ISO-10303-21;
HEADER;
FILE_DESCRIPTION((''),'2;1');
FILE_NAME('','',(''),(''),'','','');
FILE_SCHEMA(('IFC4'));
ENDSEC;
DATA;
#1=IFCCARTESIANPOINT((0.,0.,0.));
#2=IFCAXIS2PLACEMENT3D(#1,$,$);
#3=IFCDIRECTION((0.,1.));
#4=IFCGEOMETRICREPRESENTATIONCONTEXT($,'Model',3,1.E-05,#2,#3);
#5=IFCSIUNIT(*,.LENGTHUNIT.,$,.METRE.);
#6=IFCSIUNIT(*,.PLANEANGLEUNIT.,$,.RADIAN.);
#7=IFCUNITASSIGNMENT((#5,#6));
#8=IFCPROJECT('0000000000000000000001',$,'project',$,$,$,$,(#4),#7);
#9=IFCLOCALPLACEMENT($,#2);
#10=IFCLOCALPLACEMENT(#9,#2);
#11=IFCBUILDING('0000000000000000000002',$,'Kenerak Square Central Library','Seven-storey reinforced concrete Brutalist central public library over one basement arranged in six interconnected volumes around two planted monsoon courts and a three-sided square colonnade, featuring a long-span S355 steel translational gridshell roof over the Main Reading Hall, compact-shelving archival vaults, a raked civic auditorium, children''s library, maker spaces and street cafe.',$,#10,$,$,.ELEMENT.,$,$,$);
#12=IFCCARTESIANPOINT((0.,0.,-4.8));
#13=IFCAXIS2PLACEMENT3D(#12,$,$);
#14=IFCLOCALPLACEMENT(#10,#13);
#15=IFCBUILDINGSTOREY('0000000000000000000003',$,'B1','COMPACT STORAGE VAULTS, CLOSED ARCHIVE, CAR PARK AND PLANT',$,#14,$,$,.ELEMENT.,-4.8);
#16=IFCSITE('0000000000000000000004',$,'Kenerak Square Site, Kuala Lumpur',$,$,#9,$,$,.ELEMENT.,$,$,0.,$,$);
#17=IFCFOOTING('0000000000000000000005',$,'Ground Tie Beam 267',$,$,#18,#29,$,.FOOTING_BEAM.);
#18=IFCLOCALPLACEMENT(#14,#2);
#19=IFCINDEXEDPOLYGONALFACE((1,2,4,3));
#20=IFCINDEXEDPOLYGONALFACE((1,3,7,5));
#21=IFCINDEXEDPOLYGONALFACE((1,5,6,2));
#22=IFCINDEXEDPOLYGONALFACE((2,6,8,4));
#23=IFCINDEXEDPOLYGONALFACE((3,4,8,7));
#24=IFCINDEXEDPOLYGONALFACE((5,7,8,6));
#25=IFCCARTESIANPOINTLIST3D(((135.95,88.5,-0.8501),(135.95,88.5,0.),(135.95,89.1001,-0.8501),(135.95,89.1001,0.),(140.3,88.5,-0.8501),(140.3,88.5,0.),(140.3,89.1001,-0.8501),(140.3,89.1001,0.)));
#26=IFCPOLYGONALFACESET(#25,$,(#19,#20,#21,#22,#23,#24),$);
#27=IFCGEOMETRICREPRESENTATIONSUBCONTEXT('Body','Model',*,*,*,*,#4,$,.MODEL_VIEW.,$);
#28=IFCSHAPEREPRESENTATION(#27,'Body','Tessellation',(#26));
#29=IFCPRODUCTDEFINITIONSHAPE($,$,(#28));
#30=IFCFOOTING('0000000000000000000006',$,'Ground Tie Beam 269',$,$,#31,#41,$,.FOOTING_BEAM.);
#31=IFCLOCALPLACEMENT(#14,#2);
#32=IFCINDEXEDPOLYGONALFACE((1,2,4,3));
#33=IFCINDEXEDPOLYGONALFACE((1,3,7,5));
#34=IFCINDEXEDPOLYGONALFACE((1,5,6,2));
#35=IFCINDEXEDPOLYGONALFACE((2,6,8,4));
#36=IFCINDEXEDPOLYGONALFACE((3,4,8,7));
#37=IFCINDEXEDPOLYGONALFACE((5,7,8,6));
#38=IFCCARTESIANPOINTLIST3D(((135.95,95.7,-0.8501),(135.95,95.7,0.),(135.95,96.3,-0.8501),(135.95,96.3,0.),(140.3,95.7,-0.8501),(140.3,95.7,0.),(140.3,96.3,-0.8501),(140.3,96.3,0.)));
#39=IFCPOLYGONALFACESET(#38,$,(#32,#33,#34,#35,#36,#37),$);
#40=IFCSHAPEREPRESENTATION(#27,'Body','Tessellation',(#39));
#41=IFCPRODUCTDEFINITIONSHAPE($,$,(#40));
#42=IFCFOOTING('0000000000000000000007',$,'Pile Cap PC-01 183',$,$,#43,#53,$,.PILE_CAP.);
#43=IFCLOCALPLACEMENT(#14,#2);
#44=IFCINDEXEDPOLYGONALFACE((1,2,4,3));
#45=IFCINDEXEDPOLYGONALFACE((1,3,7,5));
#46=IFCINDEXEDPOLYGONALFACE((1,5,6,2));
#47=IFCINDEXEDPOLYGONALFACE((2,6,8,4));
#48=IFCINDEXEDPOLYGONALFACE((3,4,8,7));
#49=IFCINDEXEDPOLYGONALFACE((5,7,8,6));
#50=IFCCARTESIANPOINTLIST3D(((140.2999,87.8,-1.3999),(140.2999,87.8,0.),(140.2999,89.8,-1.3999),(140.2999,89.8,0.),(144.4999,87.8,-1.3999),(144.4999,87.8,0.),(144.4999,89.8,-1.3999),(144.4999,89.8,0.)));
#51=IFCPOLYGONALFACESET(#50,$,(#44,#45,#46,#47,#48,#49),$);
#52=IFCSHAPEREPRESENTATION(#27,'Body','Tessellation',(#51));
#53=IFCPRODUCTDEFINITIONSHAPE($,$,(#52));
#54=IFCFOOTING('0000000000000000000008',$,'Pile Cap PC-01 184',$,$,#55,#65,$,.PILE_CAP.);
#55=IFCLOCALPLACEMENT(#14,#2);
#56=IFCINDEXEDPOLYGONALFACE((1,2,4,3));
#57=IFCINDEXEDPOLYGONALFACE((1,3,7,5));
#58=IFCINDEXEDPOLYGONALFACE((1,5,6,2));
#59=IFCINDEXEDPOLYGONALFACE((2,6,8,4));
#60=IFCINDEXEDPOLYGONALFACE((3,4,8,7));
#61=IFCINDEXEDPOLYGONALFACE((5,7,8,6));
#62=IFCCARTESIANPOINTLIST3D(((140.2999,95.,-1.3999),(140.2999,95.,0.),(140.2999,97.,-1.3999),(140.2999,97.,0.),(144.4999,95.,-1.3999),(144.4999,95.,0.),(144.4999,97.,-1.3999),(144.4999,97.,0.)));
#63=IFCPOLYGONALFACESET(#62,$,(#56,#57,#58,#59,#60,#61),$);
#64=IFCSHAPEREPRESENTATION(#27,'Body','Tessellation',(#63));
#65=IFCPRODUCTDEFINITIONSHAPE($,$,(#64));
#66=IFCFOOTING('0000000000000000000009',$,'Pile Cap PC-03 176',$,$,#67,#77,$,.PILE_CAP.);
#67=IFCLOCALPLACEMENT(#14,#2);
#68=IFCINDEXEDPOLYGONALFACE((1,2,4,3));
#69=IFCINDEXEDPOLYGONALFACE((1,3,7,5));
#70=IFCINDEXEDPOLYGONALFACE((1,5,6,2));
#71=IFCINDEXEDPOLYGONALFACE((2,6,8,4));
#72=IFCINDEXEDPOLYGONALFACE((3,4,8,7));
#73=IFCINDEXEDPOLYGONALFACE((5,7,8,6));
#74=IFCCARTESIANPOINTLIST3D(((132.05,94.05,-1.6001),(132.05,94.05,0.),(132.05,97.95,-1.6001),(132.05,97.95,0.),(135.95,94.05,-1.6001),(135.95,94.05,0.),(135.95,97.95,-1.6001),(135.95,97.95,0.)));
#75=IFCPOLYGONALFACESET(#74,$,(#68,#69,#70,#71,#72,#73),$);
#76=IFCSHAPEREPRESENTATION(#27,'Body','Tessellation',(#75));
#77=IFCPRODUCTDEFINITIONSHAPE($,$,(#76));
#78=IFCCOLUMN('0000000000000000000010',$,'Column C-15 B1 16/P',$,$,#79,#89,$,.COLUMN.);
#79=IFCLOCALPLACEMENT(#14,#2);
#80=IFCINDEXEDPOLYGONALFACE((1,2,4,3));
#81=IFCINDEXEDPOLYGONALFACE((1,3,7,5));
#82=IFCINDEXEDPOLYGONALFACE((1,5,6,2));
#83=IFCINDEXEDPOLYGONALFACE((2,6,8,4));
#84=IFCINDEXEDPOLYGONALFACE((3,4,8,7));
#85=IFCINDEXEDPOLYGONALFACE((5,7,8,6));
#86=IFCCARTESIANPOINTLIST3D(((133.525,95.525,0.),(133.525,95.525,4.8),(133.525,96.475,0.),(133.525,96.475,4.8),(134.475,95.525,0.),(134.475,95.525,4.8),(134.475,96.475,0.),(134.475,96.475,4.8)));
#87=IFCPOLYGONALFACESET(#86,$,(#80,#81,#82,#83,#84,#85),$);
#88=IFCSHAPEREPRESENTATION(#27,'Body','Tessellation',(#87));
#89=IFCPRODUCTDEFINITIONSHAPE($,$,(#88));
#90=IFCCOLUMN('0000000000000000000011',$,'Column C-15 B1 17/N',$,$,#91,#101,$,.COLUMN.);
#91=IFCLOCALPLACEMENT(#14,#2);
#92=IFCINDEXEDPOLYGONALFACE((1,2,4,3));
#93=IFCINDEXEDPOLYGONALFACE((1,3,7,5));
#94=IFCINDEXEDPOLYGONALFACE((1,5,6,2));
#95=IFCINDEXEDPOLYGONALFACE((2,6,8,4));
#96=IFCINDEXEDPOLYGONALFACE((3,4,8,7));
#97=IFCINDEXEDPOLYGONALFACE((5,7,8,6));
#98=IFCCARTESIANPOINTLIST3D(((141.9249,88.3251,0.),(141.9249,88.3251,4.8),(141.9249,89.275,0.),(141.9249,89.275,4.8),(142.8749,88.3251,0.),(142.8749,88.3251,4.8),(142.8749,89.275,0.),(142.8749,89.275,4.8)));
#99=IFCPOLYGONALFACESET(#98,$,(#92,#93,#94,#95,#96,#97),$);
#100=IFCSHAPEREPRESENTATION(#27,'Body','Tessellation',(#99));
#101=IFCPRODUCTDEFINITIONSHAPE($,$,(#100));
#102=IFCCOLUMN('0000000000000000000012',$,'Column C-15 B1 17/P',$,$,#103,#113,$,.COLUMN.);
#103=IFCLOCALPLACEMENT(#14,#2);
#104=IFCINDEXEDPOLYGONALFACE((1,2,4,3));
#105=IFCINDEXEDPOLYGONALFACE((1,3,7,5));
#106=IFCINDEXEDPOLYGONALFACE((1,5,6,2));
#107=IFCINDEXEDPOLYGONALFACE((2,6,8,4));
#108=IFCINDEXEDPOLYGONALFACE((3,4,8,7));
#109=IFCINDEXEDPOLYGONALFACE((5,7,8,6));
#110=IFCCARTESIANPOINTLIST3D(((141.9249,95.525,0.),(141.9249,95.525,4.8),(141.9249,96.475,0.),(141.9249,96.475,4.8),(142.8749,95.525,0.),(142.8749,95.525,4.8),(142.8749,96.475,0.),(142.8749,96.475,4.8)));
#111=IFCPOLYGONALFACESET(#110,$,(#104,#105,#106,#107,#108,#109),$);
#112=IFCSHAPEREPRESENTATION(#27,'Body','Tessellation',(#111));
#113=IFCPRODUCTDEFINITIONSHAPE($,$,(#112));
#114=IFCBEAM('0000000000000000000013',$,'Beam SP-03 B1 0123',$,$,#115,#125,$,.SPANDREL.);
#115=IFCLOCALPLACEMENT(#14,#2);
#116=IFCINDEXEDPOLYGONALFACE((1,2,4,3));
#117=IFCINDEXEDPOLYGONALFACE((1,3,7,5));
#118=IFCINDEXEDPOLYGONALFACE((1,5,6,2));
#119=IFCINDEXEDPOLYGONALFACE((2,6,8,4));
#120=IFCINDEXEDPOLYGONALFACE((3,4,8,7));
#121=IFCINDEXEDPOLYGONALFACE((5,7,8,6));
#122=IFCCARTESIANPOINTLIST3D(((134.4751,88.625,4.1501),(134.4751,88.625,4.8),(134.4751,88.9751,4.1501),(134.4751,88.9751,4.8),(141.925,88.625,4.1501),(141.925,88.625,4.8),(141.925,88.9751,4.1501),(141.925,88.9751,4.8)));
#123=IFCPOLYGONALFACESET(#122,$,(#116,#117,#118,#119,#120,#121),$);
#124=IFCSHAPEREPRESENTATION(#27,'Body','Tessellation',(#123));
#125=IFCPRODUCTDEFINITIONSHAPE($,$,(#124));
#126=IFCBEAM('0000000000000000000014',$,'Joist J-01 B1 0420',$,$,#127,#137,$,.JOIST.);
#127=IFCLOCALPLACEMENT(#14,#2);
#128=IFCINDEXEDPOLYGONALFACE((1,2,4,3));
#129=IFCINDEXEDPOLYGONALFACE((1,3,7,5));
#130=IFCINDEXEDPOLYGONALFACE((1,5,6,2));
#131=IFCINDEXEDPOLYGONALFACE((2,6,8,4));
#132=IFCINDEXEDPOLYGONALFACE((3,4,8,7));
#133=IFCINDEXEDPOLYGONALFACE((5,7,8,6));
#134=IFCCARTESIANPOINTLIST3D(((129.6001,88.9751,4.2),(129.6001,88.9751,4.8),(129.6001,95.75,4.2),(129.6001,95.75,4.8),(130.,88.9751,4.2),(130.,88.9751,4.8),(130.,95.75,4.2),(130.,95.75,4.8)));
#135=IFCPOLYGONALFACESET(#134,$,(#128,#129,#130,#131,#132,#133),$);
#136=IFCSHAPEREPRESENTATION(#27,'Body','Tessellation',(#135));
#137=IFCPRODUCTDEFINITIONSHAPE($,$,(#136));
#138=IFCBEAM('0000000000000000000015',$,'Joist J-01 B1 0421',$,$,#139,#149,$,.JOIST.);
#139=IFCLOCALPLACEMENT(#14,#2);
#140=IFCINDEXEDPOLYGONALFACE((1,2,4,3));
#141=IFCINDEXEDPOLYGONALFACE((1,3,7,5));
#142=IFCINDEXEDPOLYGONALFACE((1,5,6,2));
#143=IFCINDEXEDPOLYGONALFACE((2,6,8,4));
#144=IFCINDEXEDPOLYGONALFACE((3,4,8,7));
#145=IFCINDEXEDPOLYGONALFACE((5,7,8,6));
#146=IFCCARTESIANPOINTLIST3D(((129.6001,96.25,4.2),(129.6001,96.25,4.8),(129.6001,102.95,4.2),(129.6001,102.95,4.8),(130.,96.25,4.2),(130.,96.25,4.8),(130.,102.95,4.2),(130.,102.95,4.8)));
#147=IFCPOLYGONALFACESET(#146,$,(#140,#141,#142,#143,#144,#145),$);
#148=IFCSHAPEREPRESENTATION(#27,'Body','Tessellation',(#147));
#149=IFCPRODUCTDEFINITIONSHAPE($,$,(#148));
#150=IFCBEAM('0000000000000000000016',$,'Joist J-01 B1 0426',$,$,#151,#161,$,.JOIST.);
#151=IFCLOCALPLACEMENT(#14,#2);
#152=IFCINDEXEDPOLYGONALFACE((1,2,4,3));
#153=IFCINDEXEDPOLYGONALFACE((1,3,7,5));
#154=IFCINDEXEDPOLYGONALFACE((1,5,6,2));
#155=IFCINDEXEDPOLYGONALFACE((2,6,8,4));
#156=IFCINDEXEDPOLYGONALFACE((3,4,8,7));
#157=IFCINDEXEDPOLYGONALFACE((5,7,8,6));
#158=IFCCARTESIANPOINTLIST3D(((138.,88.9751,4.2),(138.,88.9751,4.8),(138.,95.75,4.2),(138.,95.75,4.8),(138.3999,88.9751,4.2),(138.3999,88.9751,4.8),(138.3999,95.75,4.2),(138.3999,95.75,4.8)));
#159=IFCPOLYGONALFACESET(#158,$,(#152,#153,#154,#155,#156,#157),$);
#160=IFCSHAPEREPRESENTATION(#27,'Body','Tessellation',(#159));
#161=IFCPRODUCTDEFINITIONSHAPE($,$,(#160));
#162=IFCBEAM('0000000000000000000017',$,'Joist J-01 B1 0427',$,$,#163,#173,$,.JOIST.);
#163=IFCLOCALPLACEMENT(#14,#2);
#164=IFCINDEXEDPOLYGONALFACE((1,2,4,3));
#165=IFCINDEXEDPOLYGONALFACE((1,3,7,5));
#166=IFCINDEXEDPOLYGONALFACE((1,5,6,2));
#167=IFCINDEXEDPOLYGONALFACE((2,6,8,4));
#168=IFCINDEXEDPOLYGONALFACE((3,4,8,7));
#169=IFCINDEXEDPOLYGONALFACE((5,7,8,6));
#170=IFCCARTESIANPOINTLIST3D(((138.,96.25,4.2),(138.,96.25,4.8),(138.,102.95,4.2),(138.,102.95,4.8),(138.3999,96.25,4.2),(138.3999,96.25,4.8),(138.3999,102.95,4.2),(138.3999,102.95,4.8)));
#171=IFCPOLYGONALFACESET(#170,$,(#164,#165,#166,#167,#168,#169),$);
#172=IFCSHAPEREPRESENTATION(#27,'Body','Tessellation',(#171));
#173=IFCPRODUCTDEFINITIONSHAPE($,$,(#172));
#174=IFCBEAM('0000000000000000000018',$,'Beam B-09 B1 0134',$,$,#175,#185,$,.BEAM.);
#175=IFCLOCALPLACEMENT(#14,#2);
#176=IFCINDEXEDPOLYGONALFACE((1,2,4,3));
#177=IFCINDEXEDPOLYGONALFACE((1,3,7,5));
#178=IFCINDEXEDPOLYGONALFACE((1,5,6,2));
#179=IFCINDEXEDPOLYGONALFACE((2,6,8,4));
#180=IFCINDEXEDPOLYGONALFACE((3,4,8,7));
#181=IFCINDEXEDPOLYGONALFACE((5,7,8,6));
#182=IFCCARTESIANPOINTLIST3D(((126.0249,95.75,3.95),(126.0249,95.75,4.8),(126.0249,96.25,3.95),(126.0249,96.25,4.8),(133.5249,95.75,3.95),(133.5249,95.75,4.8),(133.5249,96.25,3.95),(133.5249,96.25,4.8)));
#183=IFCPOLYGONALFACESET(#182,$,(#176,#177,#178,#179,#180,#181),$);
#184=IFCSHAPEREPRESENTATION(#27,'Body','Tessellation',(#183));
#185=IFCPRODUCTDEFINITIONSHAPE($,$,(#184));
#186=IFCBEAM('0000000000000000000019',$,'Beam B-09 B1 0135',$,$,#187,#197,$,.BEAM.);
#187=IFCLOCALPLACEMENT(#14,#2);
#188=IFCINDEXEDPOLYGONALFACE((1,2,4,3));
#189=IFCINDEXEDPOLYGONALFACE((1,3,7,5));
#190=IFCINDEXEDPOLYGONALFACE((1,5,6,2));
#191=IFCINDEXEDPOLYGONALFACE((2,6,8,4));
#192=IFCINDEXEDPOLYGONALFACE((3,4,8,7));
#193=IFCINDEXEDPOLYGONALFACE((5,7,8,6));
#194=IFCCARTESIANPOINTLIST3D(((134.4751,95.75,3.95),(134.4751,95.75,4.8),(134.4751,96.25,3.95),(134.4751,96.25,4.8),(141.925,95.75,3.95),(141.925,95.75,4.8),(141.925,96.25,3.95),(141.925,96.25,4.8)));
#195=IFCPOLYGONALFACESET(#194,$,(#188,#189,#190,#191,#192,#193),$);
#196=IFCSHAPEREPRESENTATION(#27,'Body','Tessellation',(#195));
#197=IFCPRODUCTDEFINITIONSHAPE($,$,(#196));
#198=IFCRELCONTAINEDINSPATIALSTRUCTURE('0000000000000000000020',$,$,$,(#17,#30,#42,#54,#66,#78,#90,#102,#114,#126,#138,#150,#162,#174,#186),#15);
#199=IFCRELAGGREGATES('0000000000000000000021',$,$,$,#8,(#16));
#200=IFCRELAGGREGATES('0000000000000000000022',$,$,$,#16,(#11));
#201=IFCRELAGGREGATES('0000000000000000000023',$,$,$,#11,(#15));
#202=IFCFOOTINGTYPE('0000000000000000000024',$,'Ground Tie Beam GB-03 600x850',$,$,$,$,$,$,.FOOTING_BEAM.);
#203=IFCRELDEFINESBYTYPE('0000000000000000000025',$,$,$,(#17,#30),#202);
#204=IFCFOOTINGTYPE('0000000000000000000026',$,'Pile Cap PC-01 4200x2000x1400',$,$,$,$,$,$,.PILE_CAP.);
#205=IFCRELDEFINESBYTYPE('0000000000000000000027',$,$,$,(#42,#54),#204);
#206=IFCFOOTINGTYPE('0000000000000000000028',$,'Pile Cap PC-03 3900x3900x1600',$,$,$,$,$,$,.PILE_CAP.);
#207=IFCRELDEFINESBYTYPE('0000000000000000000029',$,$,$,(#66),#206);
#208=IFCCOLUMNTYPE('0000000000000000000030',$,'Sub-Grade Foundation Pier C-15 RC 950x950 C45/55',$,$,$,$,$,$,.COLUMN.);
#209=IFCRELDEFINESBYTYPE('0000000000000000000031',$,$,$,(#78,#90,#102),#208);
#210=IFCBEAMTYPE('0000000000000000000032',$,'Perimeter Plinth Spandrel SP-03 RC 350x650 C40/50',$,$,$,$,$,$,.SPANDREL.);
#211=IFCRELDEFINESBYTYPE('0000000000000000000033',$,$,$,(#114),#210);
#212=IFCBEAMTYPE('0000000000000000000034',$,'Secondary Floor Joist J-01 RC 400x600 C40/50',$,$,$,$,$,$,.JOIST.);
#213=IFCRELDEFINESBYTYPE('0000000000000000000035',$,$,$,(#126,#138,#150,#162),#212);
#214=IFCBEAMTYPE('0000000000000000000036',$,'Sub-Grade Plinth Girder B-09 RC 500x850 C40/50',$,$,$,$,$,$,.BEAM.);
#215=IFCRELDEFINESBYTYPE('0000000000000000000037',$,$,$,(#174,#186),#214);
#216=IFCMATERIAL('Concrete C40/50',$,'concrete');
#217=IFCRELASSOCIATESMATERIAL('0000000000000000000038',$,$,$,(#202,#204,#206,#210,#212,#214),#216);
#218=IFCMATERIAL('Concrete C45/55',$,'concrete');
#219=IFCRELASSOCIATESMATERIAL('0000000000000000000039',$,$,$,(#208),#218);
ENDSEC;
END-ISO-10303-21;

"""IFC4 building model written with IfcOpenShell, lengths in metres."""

from ifc_helpers import new_model, si_unit, direction, frame, origin, origin_2d, place, context, subcontext, project, spatial, rectangle, extrude, material, material_profile, profile_set, type_object, element, save


model = new_model("IFC4")

# Units and contexts
model_context = context("Model", 3, precision=1e-05, world=origin(), true_north=direction((0.0, 1.0)))
body_context = subcontext(model_context, "Body", "Model", "MODEL_VIEW")
ifc_project = project(units=[si_unit("LENGTHUNIT", "METRE"), si_unit("PLANEANGLEUNIT", "RADIAN")], contexts=[model_context])

# Site, building, storey
site_placement = place(None, origin())
site = spatial("IfcSite", under=ifc_project, at=site_placement, Name="Kenerak Square Site, Kuala Lumpur", CompositionType="ELEMENT", RefElevation=0.0)
building_placement = place(site_placement, origin())
building = spatial("IfcBuilding", under=site, at=building_placement, Name="Kenerak Square Central Library", Description="Seven-storey reinforced concrete Brutalist central public library over one basement arranged in six interconnected volumes around two planted monsoon courts and a three-sided square colonnade, featuring a long-span S355 steel translational gridshell roof over the Main Reading Hall, compact-shelving archival vaults, a raked civic auditorium, children's library, maker spaces and street cafe.", CompositionType="ELEMENT")
storey_placement = place(building_placement, frame((0.0, 0.0, -4.8)))
storey = spatial("IfcBuildingStorey", under=building, at=storey_placement, Name="B1", Description="COMPACT STORAGE VAULTS, CLOSED ARCHIVE, CAR PARK AND PLANT", CompositionType="ELEMENT", Elevation=-4.8)

# Shared definitions
ifc_material_1 = material(Name="Concrete C40/50", Category="concrete")

# Footings
footing_type_1 = type_object("IfcFootingType", Name="Ground Tie Beam GB-03 600x850", PredefinedType="FOOTING_BEAM", material=ifc_material_1)
for number, where, z_axis, x_axis, name in (
    (1, (138.125, 88.8, -0.8501), (0.0, 0.0, 1.0), (1.0, 0.0, 0.0), "Ground Tie Beam 267"),
    (2, (138.125, 96.0, -0.8501), (0.0, 0.0, 1.0), (1.0, 0.0, 0.0), "Ground Tie Beam 269"),
):
    element("IfcFooting", number, at=place(storey_placement, frame(where, z_axis=z_axis, x_axis=x_axis)), inside=storey, type_object=footing_type_1, Name=name, PredefinedType="FOOTING_BEAM", context=body_context, shape_type="SweptSolid", body=[
        extrude(rectangle(XDim=4.3501, YDim=0.6001, at=origin_2d()), origin(), (0.0, 0.0, 1.0), 0.8501),
    ])
footing_type_2 = type_object("IfcFootingType", Name="Pile Cap PC-01 4200x2000x1400", PredefinedType="PILE_CAP", material=ifc_material_1)
for number, where, z_axis, x_axis, name in (
    (3, (142.3999, 88.8, -1.3999), (0.0, 0.0, 1.0), (1.0, 0.0, 0.0), "Pile Cap PC-01 183"),
    (4, (142.3999, 96.0, -1.3999), (0.0, 0.0, 1.0), (1.0, 0.0, 0.0), "Pile Cap PC-01 184"),
):
    element("IfcFooting", number, at=place(storey_placement, frame(where, z_axis=z_axis, x_axis=x_axis)), inside=storey, type_object=footing_type_2, Name=name, PredefinedType="PILE_CAP", context=body_context, shape_type="SweptSolid", body=[
        extrude(rectangle(XDim=4.2, YDim=2.0, at=origin_2d()), origin(), (0.0, 0.0, 1.0), 1.3999),
    ])
footing_type_3 = type_object("IfcFootingType", Name="Pile Cap PC-03 3900x3900x1600", PredefinedType="PILE_CAP", material=ifc_material_1)
footing_1_placement = place(storey_placement, frame((134.0, 96.0, -1.6001), z_axis=(0.0, 0.0, 1.0), x_axis=(1.0, 0.0, 0.0)))
element("IfcFooting", 5, at=footing_1_placement, inside=storey, type_object=footing_type_3, Name="Pile Cap PC-03 176", PredefinedType="PILE_CAP", context=body_context, shape_type="SweptSolid", body=[
    extrude(rectangle(XDim=3.8999, YDim=3.8999, at=origin_2d()), origin(), (0.0, 0.0, 1.0), 1.6001),
])

# Columns
ifc_material_2 = material(Name="Concrete C45/55", Category="concrete")
ifc_material_profile_1 = material_profile(ifc_material_2, rectangle(XDim=0.95, YDim=0.95, at=origin_2d()), Name="RC 950x950")
ifc_profile_set_1 = profile_set([ifc_material_profile_1], Name="Concrete C45/55")
column_type = type_object("IfcColumnType", Name="Sub-Grade Foundation Pier C-15 RC 950x950 C45/55", PredefinedType="COLUMN", material=ifc_profile_set_1)
for number, where, z_axis, x_axis, name in (
    (6, (134.0, 96.0, 0.0), (0.0, 0.0, 1.0), (1.0, 0.0, 0.0), "Column C-15 B1 16/P"),
    (7, (142.3999, 88.8, 0.0), (0.0, 0.0, 1.0), (1.0, 0.0, 0.0), "Column C-15 B1 17/N"),
    (8, (142.3999, 96.0, 0.0), (0.0, 0.0, 1.0), (1.0, 0.0, 0.0), "Column C-15 B1 17/P"),
):
    element("IfcColumn", number, at=place(storey_placement, frame(where, z_axis=z_axis, x_axis=x_axis)), inside=storey, type_object=column_type, Name=name, PredefinedType="COLUMN", context=body_context, shape_type="SweptSolid", body=[
        extrude(rectangle(XDim=0.95, YDim=0.95, at=origin_2d()), origin(), (0.0, 0.0, 1.0), 4.8),
    ])

# Beams
ifc_material_profile_2 = material_profile(ifc_material_1, rectangle(XDim=0.3501, YDim=0.6499, at=origin_2d()), Name="RC 350x650")
ifc_profile_set_2 = profile_set([ifc_material_profile_2], Name="Concrete C40/50")
beam_type_1 = type_object("IfcBeamType", Name="Perimeter Plinth Spandrel SP-03 RC 350x650 C40/50", PredefinedType="SPANDREL", material=ifc_profile_set_2)
beam_1_placement = place(storey_placement, frame((134.4751, 88.8, 4.4751), z_axis=(1.0, 0.0, 0.0), x_axis=(0.0, 1.0, 0.0)))
element("IfcBeam", 9, at=beam_1_placement, inside=storey, type_object=beam_type_1, Name="Beam SP-03 B1 0123", PredefinedType="SPANDREL", context=body_context, shape_type="SweptSolid", body=[
    extrude(rectangle(XDim=0.3501, YDim=0.6499, at=origin_2d()), origin(), (0.0, 0.0, 1.0), 7.45),
])
ifc_material_profile_3 = material_profile(ifc_material_1, rectangle(XDim=0.3999, YDim=0.6001, at=origin_2d()), Name="RC 400x600")
ifc_profile_set_3 = profile_set([ifc_material_profile_3], Name="Concrete C40/50")
beam_type_2 = type_object("IfcBeamType", Name="Secondary Floor Joist J-01 RC 400x600 C40/50", PredefinedType="JOIST", material=ifc_profile_set_3)
beam_2_placement = place(storey_placement, frame((129.8, 88.9751, 4.5), z_axis=(0.0, 1.0, 0.0), x_axis=(-1.0, 0.0, 0.0)))
element("IfcBeam", 10, at=beam_2_placement, inside=storey, type_object=beam_type_2, Name="Joist J-01 B1 0420", PredefinedType="JOIST", context=body_context, shape_type="SweptSolid", body=[
    extrude(rectangle(XDim=0.3999, YDim=0.6001, at=origin_2d()), origin(), (0.0, 0.0, 1.0), 6.7749),
])
beam_3_placement = place(storey_placement, frame((129.8, 96.25, 4.5), z_axis=(0.0, 1.0, 0.0), x_axis=(-1.0, 0.0, 0.0)))
element("IfcBeam", 11, at=beam_3_placement, inside=storey, type_object=beam_type_2, Name="Joist J-01 B1 0421", PredefinedType="JOIST", context=body_context, shape_type="SweptSolid", body=[
    extrude(rectangle(XDim=0.3999, YDim=0.6001, at=origin_2d()), origin(), (0.0, 0.0, 1.0), 6.7),
])
beam_4_placement = place(storey_placement, frame((138.2, 88.9751, 4.5), z_axis=(0.0, 1.0, 0.0), x_axis=(-1.0, 0.0, 0.0)))
element("IfcBeam", 12, at=beam_4_placement, inside=storey, type_object=beam_type_2, Name="Joist J-01 B1 0426", PredefinedType="JOIST", context=body_context, shape_type="SweptSolid", body=[
    extrude(rectangle(XDim=0.3999, YDim=0.6001, at=origin_2d()), origin(), (0.0, 0.0, 1.0), 6.7749),
])
beam_5_placement = place(storey_placement, frame((138.2, 96.25, 4.5), z_axis=(0.0, 1.0, 0.0), x_axis=(-1.0, 0.0, 0.0)))
element("IfcBeam", 13, at=beam_5_placement, inside=storey, type_object=beam_type_2, Name="Joist J-01 B1 0427", PredefinedType="JOIST", context=body_context, shape_type="SweptSolid", body=[
    extrude(rectangle(XDim=0.3999, YDim=0.6001, at=origin_2d()), origin(), (0.0, 0.0, 1.0), 6.7),
])
ifc_material_profile_4 = material_profile(ifc_material_1, rectangle(XDim=0.5, YDim=0.8501, at=origin_2d()), Name="RC 500x850")
ifc_profile_set_4 = profile_set([ifc_material_profile_4], Name="Concrete C40/50")
beam_type_3 = type_object("IfcBeamType", Name="Sub-Grade Plinth Girder B-09 RC 500x850 C40/50", PredefinedType="BEAM", material=ifc_profile_set_4)
beam_6_placement = place(storey_placement, frame((126.0249, 96.0, 4.375), z_axis=(1.0, 0.0, 0.0), x_axis=(0.0, 1.0, 0.0)))
element("IfcBeam", 14, at=beam_6_placement, inside=storey, type_object=beam_type_3, Name="Beam B-09 B1 0134", PredefinedType="BEAM", context=body_context, shape_type="SweptSolid", body=[
    extrude(rectangle(XDim=0.5, YDim=0.8501, at=origin_2d()), origin(), (0.0, 0.0, 1.0), 7.5),
])
beam_7_placement = place(storey_placement, frame((134.4751, 96.0, 4.375), z_axis=(1.0, 0.0, 0.0), x_axis=(0.0, 1.0, 0.0)))
element("IfcBeam", 15, at=beam_7_placement, inside=storey, type_object=beam_type_3, Name="Beam B-09 B1 0135", PredefinedType="BEAM", context=body_context, shape_type="SweptSolid", body=[
    extrude(rectangle(XDim=0.5, YDim=0.8501, at=origin_2d()), origin(), (0.0, 0.0, 1.0), 7.45),
])

save(model, "model.ifc")
